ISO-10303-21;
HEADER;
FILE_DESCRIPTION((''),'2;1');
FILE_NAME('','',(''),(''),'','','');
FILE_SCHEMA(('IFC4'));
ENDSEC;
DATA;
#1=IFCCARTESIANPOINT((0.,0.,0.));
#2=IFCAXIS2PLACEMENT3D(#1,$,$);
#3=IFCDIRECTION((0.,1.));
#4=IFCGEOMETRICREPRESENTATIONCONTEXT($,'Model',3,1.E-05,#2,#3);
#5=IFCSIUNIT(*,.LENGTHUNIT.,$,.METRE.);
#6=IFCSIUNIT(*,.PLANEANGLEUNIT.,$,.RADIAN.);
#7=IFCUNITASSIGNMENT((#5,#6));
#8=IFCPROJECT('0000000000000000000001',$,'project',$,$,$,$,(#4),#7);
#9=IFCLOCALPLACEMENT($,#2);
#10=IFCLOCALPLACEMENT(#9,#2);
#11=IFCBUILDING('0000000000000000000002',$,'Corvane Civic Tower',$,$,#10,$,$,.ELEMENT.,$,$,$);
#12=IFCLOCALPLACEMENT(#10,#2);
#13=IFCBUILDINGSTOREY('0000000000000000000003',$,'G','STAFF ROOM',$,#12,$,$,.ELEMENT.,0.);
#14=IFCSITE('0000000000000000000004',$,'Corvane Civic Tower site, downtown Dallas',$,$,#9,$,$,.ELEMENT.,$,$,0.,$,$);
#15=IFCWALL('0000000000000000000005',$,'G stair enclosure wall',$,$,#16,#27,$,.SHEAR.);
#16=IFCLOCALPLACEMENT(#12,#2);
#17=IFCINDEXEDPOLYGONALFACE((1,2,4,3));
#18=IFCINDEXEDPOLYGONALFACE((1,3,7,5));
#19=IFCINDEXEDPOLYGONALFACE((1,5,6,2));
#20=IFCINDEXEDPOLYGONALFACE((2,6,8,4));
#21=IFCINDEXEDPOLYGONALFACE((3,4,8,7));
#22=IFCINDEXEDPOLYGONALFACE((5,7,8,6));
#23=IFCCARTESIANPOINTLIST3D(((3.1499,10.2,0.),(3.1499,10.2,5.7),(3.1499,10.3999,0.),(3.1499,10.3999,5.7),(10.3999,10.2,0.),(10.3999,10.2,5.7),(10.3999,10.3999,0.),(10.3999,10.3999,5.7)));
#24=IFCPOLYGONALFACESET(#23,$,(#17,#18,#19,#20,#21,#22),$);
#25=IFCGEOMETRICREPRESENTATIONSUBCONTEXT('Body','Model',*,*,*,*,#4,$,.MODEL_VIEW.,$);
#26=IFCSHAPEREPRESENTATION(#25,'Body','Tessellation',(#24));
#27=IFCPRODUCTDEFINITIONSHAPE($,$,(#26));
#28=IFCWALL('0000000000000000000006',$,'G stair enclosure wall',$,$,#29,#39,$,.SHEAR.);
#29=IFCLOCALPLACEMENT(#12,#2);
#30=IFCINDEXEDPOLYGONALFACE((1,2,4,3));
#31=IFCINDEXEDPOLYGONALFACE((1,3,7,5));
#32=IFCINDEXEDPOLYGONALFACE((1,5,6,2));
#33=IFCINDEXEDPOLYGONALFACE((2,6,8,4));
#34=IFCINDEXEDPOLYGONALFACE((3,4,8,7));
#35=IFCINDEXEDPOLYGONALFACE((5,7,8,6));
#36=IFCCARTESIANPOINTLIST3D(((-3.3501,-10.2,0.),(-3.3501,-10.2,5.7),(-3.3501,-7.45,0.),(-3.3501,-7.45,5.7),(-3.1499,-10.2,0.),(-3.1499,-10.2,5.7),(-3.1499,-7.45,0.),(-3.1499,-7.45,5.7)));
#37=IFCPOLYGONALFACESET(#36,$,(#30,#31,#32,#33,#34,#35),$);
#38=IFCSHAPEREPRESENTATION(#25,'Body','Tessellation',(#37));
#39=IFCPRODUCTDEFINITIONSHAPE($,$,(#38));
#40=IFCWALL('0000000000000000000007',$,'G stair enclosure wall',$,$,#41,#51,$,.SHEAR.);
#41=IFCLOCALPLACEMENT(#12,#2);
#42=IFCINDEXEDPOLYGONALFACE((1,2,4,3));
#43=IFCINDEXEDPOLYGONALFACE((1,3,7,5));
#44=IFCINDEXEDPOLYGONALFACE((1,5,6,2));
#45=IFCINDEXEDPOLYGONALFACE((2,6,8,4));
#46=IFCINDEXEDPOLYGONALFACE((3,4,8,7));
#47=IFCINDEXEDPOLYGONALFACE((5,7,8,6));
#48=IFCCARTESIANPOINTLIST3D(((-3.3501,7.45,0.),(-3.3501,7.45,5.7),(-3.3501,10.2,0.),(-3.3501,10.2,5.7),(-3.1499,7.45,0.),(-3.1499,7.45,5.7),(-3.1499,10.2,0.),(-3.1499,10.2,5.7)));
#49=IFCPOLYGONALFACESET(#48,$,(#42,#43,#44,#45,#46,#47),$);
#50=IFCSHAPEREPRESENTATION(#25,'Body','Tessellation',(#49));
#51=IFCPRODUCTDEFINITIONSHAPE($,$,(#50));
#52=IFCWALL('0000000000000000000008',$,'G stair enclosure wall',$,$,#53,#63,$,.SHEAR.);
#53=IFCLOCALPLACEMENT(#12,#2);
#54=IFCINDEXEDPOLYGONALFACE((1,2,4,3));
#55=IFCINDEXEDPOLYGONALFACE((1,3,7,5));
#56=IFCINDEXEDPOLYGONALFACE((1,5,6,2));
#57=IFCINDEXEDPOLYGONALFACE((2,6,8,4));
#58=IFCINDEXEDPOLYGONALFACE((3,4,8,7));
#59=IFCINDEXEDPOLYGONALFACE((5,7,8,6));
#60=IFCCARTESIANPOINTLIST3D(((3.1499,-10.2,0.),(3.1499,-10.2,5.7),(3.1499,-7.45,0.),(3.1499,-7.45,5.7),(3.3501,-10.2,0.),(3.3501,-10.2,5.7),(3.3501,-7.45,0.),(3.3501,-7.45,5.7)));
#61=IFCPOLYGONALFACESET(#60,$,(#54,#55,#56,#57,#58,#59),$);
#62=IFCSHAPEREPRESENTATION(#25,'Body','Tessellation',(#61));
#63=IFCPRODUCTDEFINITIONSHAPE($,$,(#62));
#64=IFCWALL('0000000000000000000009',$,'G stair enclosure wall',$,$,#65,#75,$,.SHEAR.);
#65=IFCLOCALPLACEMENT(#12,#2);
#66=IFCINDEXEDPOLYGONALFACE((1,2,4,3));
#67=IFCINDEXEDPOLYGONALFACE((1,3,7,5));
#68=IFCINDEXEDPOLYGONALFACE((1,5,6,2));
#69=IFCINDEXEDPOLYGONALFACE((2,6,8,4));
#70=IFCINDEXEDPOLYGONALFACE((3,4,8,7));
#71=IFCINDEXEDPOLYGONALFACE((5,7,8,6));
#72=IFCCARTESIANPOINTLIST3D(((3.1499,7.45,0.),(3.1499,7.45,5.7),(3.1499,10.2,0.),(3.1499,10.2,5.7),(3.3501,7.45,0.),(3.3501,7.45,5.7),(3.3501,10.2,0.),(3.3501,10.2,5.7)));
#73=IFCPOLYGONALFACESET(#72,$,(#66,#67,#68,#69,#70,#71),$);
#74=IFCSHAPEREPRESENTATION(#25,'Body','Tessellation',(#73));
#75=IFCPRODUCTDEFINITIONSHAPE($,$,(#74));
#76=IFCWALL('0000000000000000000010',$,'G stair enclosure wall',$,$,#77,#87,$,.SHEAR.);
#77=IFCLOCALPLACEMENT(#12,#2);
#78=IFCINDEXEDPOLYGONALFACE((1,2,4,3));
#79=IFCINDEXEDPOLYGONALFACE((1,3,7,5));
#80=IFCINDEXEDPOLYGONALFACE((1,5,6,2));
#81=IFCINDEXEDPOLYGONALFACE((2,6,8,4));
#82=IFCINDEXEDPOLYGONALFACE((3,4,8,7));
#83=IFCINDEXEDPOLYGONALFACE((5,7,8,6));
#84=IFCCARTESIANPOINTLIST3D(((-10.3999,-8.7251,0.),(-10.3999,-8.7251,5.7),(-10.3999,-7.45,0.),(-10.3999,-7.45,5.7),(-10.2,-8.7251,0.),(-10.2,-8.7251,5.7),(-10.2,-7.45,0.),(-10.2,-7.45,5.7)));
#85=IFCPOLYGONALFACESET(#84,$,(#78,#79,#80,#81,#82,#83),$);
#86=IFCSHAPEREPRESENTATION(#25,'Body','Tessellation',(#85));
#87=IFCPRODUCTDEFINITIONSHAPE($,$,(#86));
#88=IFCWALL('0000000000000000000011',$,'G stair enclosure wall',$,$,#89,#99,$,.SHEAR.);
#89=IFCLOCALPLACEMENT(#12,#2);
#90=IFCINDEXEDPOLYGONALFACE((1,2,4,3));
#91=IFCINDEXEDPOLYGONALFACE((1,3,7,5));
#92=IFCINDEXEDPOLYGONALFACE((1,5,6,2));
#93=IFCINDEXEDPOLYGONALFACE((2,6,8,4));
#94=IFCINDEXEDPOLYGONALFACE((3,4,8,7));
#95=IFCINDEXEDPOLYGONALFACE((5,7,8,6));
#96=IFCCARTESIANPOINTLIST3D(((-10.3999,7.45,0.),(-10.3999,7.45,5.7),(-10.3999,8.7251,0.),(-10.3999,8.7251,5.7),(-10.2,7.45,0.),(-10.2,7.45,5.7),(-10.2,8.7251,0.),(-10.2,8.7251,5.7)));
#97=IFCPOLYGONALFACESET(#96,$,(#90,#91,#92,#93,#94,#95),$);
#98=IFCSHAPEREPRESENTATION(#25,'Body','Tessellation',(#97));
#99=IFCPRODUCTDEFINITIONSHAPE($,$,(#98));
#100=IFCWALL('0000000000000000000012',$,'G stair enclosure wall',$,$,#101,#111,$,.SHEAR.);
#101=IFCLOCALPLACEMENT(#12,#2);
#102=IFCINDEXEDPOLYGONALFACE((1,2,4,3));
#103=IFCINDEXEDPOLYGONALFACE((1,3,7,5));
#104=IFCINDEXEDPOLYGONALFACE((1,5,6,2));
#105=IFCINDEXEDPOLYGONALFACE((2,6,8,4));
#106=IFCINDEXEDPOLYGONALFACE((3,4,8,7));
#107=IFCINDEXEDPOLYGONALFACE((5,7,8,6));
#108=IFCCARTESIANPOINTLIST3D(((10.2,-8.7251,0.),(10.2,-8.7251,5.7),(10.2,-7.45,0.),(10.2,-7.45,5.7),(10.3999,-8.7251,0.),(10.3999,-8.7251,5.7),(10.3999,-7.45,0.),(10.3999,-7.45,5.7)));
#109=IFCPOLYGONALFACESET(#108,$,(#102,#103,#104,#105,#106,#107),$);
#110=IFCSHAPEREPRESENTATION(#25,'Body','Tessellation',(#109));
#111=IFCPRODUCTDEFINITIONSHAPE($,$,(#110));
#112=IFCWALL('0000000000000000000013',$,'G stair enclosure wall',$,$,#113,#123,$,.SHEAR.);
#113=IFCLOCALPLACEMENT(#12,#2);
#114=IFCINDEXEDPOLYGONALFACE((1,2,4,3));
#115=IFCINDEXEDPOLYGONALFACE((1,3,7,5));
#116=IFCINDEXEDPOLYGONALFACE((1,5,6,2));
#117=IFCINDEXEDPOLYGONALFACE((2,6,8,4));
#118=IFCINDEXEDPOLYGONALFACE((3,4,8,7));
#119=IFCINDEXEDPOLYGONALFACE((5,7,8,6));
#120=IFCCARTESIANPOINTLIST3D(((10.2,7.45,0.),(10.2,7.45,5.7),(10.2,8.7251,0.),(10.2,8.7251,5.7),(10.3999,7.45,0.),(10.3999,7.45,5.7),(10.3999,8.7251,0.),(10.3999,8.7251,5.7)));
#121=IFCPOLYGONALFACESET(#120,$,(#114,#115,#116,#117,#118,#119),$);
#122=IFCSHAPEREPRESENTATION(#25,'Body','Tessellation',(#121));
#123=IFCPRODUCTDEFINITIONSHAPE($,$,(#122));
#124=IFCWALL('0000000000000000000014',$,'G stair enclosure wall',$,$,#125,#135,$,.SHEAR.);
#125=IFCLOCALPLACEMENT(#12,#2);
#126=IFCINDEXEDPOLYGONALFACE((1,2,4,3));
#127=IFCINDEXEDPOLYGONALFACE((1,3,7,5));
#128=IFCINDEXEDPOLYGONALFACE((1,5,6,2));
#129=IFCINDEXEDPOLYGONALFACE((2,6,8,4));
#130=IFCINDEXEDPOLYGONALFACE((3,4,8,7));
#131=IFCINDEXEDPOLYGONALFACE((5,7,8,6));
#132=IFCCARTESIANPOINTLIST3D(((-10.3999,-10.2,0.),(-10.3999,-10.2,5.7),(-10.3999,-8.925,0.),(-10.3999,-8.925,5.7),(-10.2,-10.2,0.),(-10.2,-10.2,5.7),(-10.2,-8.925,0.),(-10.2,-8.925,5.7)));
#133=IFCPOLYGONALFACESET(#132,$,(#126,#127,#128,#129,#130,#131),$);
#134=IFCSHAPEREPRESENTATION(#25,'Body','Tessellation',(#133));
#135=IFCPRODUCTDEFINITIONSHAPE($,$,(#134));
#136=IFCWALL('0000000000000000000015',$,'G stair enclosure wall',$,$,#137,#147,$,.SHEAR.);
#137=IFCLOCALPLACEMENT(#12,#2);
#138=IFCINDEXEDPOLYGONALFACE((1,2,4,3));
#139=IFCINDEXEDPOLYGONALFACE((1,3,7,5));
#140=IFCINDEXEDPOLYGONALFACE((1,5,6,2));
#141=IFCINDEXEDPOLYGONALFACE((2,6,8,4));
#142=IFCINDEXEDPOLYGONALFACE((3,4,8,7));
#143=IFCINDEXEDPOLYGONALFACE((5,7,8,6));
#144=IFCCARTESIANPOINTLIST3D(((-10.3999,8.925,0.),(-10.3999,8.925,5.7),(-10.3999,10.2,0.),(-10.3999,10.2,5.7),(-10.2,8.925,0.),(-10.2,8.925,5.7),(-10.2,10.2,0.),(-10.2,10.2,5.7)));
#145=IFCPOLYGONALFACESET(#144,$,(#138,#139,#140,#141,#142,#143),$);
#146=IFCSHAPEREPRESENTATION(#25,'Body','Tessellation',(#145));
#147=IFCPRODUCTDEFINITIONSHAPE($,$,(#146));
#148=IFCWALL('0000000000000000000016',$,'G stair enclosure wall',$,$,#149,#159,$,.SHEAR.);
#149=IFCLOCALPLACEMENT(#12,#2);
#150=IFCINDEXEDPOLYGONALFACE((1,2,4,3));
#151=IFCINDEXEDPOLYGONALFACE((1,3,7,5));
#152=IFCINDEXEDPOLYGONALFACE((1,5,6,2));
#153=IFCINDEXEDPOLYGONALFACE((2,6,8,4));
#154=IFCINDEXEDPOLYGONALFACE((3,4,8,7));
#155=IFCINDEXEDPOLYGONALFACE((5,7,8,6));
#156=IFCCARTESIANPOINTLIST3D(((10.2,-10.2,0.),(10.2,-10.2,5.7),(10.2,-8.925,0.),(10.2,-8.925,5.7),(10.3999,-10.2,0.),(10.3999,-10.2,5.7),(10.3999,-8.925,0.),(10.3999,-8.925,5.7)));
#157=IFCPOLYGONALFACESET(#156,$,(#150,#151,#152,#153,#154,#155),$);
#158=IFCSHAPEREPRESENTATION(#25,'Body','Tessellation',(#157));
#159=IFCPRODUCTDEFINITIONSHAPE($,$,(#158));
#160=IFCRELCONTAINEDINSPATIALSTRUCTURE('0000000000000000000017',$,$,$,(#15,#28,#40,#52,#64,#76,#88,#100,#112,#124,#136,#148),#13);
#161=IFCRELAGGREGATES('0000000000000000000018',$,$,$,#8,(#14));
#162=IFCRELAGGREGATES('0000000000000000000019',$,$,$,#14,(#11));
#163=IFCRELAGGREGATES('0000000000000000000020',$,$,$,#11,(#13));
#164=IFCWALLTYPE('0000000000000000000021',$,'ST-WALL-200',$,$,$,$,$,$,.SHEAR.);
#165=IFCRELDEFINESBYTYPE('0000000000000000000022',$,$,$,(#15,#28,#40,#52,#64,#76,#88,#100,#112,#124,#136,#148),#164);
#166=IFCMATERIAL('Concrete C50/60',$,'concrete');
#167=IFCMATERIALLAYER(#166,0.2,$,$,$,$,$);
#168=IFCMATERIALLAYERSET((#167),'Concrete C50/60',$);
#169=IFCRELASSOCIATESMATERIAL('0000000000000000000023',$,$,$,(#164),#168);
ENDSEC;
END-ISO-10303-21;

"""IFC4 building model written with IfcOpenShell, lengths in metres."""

from ifc_helpers import new_model, si_unit, direction, origin, place, context, subcontext, project, spatial, polyline, outline, extrude, material, layer, layer_set, type_object, element, save


model = new_model("IFC4")

# Units and contexts
model_context = context("Model", 3, precision=1e-05, world=origin(), true_north=direction((0.0, 1.0)))
body_context = subcontext(model_context, "Body", "Model", "MODEL_VIEW")
ifc_project = project(units=[si_unit("LENGTHUNIT", "METRE"), si_unit("PLANEANGLEUNIT", "RADIAN")], contexts=[model_context])

# Site, building, storey
site_placement = place(None, origin())
site = spatial("IfcSite", under=ifc_project, at=site_placement, Name="Corvane Civic Tower site, downtown Dallas", CompositionType="ELEMENT", RefElevation=0.0)
building_placement = place(site_placement, origin())
building = spatial("IfcBuilding", under=site, at=building_placement, Name="Corvane Civic Tower", CompositionType="ELEMENT")
storey_placement = place(building_placement, origin())
storey = spatial("IfcBuildingStorey", under=building, at=storey_placement, Name="G", Description="STAFF ROOM", CompositionType="ELEMENT", Elevation=0.0)

# Walls
ifc_material_1 = material(Name="Concrete C50/60", Category="concrete")
ifc_layer_1 = layer(ifc_material_1, 0.2)
ifc_layer_set_1 = layer_set([ifc_layer_1], Name="Concrete C50/60")
wall_type_1 = type_object("IfcWallType", Name="ST-WALL-200", PredefinedType="SHEAR", material=ifc_layer_set_1)
wall_1_placement = place(storey_placement, origin())
element("IfcWall", 1, at=wall_1_placement, inside=storey, type_object=wall_type_1, Name="G stair enclosure wall", PredefinedType="SHEAR", context=body_context, shape_type="SweptSolid", body=[
    extrude(outline(polyline([(10.3999, 10.2), (3.1499, 10.2), (3.1499, 10.3999), (10.3999, 10.3999), (10.3999, 10.2)])), origin(), (0.0, 0.0, 1.0), 5.7),
])
wall_2_placement = place(storey_placement, origin())
element("IfcWall", 2, at=wall_2_placement, inside=storey, type_object=wall_type_1, Name="G stair enclosure wall", PredefinedType="SHEAR", context=body_context, shape_type="SweptSolid", body=[
    extrude(outline(polyline([(-3.1499, -7.45), (-3.1499, -10.2), (-3.3501, -10.2), (-3.3501, -7.45), (-3.1499, -7.45)])), origin(), (0.0, 0.0, 1.0), 5.7),
])
wall_3_placement = place(storey_placement, origin())
element("IfcWall", 3, at=wall_3_placement, inside=storey, type_object=wall_type_1, Name="G stair enclosure wall", PredefinedType="SHEAR", context=body_context, shape_type="SweptSolid", body=[
    extrude(outline(polyline([(-3.1499, 7.45), (-3.3501, 7.45), (-3.3501, 10.2), (-3.1499, 10.2), (-3.1499, 7.45)])), origin(), (0.0, 0.0, 1.0), 5.7),
])
wall_4_placement = place(storey_placement, origin())
element("IfcWall", 4, at=wall_4_placement, inside=storey, type_object=wall_type_1, Name="G stair enclosure wall", PredefinedType="SHEAR", context=body_context, shape_type="SweptSolid", body=[
    extrude(outline(polyline([(3.3501, -7.45), (3.3501, -10.2), (3.1499, -10.2), (3.1499, -7.45), (3.3501, -7.45)])), origin(), (0.0, 0.0, 1.0), 5.7),
])
wall_5_placement = place(storey_placement, origin())
element("IfcWall", 5, at=wall_5_placement, inside=storey, type_object=wall_type_1, Name="G stair enclosure wall", PredefinedType="SHEAR", context=body_context, shape_type="SweptSolid", body=[
    extrude(outline(polyline([(3.3501, 7.45), (3.1499, 7.45), (3.1499, 10.2), (3.3501, 10.2), (3.3501, 7.45)])), origin(), (0.0, 0.0, 1.0), 5.7),
])
wall_6_placement = place(storey_placement, origin())
element("IfcWall", 6, at=wall_6_placement, inside=storey, type_object=wall_type_1, Name="G stair enclosure wall", PredefinedType="SHEAR", context=body_context, shape_type="SweptSolid", body=[
    extrude(outline(polyline([(-10.2, -7.45), (-10.2, -8.7251), (-10.3999, -8.7251), (-10.3999, -7.45), (-10.2, -7.45)])), origin(), (0.0, 0.0, 1.0), 5.7),
])
wall_7_placement = place(storey_placement, origin())
element("IfcWall", 7, at=wall_7_placement, inside=storey, type_object=wall_type_1, Name="G stair enclosure wall", PredefinedType="SHEAR", context=body_context, shape_type="SweptSolid", body=[
    extrude(outline(polyline([(-10.2, 8.7251), (-10.2, 7.45), (-10.3999, 7.45), (-10.3999, 8.7251), (-10.2, 8.7251)])), origin(), (0.0, 0.0, 1.0), 5.7),
])
wall_8_placement = place(storey_placement, origin())
element("IfcWall", 8, at=wall_8_placement, inside=storey, type_object=wall_type_1, Name="G stair enclosure wall", PredefinedType="SHEAR", context=body_context, shape_type="SweptSolid", body=[
    extrude(outline(polyline([(10.3999, -7.45), (10.3999, -8.7251), (10.2, -8.7251), (10.2, -7.45), (10.3999, -7.45)])), origin(), (0.0, 0.0, 1.0), 5.7),
])
wall_9_placement = place(storey_placement, origin())
element("IfcWall", 9, at=wall_9_placement, inside=storey, type_object=wall_type_1, Name="G stair enclosure wall", PredefinedType="SHEAR", context=body_context, shape_type="SweptSolid", body=[
    extrude(outline(polyline([(10.3999, 8.7251), (10.3999, 7.45), (10.2, 7.45), (10.2, 8.7251), (10.3999, 8.7251)])), origin(), (0.0, 0.0, 1.0), 5.7),
])
wall_10_placement = place(storey_placement, origin())
element("IfcWall", 10, at=wall_10_placement, inside=storey, type_object=wall_type_1, Name="G stair enclosure wall", PredefinedType="SHEAR", context=body_context, shape_type="SweptSolid", body=[
    extrude(outline(polyline([(-10.2, -8.925), (-10.2, -10.2), (-10.3999, -10.2), (-10.3999, -8.925), (-10.2, -8.925)])), origin(), (0.0, 0.0, 1.0), 5.7),
])
wall_11_placement = place(storey_placement, origin())
element("IfcWall", 11, at=wall_11_placement, inside=storey, type_object=wall_type_1, Name="G stair enclosure wall", PredefinedType="SHEAR", context=body_context, shape_type="SweptSolid", body=[
    extrude(outline(polyline([(-10.2, 8.925), (-10.3999, 8.925), (-10.3999, 10.2), (-10.2, 10.2), (-10.2, 8.925)])), origin(), (0.0, 0.0, 1.0), 5.7),
])
wall_12_placement = place(storey_placement, origin())
element("IfcWall", 12, at=wall_12_placement, inside=storey, type_object=wall_type_1, Name="G stair enclosure wall", PredefinedType="SHEAR", context=body_context, shape_type="SweptSolid", body=[
    extrude(outline(polyline([(10.3999, -8.925), (10.3999, -10.2), (10.2, -10.2), (10.2, -8.925), (10.3999, -8.925)])), origin(), (0.0, 0.0, 1.0), 5.7),
])

save(model, "model.ifc")
